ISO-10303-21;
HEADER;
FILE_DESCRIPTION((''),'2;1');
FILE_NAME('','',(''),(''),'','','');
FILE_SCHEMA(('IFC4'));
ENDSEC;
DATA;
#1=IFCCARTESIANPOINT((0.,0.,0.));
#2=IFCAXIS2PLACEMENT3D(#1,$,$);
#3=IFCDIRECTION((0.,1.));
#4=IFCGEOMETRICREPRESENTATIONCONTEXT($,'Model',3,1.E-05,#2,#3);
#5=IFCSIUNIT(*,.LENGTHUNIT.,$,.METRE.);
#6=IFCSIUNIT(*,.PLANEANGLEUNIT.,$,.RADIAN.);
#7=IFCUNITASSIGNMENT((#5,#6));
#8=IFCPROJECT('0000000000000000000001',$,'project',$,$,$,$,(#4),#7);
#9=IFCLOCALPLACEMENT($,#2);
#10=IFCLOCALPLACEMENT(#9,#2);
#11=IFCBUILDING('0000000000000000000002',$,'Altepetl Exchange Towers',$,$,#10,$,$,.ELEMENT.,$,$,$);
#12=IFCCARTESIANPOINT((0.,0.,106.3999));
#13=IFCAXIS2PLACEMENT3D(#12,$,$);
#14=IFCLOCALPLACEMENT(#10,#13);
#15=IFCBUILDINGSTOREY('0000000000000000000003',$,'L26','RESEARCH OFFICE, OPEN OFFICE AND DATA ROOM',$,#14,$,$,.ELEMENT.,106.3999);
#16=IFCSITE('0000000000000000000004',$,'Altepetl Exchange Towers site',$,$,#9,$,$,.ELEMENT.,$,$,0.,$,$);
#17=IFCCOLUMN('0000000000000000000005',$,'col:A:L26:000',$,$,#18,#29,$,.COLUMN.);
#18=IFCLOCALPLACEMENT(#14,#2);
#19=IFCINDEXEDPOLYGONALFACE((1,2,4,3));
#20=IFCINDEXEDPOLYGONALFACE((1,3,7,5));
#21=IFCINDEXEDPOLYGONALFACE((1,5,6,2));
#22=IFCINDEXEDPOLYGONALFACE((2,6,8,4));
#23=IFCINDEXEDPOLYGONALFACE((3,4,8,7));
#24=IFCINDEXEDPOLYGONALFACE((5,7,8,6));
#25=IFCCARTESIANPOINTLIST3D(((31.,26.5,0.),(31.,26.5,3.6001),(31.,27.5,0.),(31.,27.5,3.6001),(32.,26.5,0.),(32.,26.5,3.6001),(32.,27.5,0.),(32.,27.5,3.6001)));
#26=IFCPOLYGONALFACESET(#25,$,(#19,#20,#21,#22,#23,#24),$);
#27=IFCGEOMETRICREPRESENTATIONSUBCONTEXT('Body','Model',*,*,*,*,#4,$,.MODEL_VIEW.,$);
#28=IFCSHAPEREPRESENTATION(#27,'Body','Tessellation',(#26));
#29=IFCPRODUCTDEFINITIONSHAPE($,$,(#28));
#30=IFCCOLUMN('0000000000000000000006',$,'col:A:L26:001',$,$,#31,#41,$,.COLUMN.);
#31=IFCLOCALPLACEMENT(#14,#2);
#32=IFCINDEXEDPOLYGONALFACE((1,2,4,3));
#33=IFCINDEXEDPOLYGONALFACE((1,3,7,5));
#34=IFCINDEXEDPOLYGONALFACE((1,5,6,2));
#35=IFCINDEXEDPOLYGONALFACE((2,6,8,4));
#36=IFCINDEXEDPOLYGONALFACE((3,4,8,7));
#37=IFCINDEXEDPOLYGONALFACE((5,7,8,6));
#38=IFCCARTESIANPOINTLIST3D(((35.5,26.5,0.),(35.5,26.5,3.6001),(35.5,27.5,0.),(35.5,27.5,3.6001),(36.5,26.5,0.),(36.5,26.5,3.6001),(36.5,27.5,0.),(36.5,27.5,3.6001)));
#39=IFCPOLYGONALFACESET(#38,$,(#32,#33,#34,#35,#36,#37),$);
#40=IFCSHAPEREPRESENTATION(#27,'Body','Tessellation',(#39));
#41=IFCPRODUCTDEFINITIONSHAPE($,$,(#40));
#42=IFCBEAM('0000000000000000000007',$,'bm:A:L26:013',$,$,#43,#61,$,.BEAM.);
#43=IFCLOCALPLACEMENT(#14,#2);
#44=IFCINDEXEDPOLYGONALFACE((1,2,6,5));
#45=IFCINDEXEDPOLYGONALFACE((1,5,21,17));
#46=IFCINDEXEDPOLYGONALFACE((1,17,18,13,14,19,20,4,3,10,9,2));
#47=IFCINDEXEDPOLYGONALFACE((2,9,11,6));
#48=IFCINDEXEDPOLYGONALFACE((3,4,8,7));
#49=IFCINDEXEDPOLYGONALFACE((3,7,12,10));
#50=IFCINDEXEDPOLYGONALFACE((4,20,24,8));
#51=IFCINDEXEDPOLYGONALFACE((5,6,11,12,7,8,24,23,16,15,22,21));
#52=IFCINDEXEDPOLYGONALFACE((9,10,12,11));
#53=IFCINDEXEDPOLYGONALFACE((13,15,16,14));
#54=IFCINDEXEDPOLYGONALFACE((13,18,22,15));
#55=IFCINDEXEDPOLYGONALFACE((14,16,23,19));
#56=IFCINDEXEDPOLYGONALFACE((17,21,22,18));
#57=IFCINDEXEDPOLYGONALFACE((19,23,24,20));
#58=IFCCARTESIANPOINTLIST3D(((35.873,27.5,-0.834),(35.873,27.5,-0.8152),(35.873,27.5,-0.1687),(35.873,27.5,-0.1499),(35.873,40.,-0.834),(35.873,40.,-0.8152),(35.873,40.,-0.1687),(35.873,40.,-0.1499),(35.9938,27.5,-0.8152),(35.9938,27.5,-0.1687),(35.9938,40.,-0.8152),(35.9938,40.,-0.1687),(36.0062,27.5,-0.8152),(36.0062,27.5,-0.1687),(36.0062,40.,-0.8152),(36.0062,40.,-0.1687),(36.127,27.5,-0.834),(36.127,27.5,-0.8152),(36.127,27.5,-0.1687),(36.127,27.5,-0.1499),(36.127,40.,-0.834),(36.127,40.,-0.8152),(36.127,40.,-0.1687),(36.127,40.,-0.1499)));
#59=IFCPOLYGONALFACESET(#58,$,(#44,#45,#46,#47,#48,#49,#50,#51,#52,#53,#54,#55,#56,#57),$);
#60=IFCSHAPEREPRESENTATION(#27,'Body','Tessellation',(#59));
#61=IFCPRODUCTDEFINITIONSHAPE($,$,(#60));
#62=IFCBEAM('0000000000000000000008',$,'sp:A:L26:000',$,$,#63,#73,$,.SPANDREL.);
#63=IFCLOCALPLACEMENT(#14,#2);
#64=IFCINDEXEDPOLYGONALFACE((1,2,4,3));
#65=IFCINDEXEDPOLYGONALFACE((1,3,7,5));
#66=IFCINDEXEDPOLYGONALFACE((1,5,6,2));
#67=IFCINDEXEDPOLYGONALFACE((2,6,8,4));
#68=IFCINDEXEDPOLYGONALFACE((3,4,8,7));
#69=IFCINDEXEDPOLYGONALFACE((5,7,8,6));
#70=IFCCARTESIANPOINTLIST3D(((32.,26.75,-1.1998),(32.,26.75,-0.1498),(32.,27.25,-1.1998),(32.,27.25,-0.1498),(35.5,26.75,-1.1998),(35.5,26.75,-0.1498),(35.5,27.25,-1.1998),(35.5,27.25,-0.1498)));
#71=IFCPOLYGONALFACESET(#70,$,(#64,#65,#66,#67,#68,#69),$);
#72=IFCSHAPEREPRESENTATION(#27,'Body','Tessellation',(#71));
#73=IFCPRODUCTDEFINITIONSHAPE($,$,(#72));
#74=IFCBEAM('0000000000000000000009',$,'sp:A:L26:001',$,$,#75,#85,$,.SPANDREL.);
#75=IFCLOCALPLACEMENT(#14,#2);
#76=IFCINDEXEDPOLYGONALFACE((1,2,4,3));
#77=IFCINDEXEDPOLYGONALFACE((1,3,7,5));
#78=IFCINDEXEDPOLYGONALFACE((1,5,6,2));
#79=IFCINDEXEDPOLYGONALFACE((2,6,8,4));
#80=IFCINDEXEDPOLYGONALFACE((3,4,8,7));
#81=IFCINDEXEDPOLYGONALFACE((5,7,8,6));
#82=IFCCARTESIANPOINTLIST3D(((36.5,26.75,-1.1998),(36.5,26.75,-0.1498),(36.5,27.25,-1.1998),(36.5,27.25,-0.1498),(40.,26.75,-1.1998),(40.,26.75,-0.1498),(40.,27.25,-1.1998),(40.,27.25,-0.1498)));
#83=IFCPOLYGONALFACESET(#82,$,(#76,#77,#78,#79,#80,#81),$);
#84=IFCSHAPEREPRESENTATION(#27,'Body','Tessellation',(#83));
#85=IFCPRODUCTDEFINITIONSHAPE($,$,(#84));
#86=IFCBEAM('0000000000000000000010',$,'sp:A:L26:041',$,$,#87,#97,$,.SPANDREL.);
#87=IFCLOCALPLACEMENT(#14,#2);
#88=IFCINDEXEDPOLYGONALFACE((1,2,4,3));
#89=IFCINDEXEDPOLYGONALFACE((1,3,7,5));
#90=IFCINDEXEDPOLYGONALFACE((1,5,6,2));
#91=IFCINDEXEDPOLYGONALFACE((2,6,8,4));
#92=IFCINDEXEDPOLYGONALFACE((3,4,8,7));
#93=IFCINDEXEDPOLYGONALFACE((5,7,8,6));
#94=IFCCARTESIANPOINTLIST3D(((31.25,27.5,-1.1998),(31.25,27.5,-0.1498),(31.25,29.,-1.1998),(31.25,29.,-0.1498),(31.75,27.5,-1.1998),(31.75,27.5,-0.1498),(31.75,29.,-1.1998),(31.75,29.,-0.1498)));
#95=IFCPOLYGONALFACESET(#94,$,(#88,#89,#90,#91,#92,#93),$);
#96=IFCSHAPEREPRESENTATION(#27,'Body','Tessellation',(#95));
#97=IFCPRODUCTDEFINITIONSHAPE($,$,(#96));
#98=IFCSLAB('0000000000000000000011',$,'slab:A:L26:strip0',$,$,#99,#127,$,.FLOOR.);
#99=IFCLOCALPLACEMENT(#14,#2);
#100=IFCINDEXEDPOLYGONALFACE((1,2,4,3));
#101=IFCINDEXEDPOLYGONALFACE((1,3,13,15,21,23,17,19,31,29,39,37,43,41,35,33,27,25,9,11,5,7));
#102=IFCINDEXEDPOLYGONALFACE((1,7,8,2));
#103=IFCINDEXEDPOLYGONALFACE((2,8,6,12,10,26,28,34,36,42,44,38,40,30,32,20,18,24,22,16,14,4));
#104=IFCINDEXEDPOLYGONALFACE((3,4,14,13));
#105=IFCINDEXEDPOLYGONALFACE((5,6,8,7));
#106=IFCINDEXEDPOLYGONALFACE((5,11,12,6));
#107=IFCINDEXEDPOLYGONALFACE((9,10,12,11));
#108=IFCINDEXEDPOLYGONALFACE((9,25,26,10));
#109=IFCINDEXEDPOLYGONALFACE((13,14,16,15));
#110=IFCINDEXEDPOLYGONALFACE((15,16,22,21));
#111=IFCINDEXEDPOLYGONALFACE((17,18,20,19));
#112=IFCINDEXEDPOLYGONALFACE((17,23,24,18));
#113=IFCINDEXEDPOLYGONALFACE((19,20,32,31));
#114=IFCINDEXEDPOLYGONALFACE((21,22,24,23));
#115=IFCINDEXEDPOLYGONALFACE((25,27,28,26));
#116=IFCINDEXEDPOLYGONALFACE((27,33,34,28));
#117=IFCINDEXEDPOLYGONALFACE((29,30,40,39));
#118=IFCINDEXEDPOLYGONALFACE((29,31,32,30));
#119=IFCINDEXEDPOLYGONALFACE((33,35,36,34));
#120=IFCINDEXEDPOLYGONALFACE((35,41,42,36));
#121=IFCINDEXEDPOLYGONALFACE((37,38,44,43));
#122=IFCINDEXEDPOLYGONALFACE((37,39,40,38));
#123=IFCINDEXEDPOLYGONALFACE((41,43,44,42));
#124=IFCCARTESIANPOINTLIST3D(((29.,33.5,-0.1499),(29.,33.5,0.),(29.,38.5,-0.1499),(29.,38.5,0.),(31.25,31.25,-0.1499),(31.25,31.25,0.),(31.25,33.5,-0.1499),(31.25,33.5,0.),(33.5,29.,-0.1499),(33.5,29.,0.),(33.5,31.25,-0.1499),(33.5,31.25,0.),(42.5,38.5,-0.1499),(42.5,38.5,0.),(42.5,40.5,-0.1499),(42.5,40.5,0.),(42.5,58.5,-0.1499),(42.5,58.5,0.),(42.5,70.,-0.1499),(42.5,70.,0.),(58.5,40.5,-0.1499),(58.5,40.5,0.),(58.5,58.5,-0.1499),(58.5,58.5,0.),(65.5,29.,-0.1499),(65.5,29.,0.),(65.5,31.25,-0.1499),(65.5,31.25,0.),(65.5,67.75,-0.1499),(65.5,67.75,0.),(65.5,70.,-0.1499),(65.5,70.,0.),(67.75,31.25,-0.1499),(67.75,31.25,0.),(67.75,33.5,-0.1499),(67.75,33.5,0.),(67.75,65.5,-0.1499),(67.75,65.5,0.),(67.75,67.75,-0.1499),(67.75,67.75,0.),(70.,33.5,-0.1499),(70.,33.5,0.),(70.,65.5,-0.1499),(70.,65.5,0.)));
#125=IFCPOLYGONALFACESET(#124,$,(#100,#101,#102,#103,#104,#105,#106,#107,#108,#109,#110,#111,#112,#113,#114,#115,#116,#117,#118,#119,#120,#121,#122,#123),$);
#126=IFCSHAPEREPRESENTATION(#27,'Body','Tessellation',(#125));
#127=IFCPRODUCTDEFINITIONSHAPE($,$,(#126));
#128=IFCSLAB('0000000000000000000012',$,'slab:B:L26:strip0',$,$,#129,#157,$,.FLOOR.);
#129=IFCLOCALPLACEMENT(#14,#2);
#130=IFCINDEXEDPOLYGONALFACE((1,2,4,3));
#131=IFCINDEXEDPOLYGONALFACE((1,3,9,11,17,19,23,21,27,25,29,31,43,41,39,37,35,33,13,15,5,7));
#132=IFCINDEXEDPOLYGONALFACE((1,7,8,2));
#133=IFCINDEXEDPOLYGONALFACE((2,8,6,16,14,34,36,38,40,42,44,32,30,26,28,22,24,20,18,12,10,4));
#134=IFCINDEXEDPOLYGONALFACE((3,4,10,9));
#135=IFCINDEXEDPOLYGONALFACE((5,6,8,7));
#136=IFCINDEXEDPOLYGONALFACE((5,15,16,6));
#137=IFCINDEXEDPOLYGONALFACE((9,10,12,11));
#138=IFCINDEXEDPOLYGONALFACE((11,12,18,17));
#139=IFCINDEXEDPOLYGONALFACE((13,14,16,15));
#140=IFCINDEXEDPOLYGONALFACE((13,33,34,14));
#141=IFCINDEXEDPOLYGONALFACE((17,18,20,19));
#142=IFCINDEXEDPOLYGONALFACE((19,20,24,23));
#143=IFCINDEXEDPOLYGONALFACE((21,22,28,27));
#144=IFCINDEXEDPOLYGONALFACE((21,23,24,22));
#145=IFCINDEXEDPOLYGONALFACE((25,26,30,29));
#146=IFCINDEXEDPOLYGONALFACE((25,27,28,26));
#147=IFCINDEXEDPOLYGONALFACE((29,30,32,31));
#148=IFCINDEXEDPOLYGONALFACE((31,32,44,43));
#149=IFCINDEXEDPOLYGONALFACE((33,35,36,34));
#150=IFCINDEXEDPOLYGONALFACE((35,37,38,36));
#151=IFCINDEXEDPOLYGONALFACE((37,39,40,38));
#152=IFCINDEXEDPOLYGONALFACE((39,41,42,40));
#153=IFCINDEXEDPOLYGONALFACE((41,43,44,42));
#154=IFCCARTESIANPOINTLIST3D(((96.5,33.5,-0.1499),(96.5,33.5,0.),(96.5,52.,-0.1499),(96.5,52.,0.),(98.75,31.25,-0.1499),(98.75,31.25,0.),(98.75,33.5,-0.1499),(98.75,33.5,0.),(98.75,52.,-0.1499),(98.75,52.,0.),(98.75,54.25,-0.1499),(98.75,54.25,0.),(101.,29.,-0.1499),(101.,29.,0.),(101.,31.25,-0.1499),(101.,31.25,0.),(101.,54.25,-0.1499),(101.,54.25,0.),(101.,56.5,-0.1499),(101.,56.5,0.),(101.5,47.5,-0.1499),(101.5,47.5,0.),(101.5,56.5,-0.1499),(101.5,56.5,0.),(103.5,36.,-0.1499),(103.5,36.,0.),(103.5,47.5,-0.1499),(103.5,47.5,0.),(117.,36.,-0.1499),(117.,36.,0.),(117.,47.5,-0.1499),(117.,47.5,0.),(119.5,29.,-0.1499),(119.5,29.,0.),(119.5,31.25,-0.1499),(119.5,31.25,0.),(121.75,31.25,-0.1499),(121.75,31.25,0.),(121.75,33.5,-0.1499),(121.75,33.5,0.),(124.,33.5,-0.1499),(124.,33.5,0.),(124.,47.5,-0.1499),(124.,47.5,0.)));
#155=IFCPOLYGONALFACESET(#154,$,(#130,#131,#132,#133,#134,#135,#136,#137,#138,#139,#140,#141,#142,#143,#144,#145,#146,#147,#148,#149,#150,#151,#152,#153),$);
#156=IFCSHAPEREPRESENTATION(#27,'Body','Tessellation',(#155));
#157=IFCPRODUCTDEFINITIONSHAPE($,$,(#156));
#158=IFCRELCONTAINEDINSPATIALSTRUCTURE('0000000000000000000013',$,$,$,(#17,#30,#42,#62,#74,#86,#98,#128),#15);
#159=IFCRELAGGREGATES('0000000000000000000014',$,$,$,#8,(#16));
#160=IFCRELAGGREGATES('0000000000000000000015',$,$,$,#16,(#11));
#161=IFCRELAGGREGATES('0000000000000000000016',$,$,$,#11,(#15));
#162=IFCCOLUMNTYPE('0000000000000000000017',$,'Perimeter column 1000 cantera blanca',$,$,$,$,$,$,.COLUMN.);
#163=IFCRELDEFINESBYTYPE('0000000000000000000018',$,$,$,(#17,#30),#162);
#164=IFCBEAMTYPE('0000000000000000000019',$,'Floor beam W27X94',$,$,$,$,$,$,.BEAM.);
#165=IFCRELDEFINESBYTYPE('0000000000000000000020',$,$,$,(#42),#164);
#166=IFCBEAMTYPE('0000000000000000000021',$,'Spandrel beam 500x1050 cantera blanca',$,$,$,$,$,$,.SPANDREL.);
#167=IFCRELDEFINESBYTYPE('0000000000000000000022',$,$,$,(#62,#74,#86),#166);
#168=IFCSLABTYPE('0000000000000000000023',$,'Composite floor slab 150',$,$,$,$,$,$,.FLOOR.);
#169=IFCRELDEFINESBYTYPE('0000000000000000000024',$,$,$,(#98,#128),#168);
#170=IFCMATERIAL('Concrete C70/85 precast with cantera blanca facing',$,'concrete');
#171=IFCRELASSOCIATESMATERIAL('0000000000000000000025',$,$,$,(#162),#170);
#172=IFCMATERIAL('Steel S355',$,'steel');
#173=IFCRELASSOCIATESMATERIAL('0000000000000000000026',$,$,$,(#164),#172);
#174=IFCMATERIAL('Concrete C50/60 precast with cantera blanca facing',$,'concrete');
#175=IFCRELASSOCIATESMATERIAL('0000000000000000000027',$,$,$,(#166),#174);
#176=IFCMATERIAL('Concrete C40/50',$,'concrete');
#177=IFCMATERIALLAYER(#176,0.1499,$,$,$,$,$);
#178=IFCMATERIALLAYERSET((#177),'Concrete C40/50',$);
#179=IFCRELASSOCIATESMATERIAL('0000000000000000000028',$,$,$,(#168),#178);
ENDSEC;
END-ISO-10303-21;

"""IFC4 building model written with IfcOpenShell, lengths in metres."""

from ifc_helpers import new_model, si_unit, direction, frame, origin, origin_2d, place, context, subcontext, project, spatial, polyline, rectangle, i_section, outline, extrude, material, layer, layer_set, material_profile, profile_set, type_object, element, save


model = new_model("IFC4")

# Units and contexts
model_context = context("Model", 3, precision=1e-05, world=origin(), true_north=direction((0.0, 1.0)))
body_context = subcontext(model_context, "Body", "Model", "MODEL_VIEW")
ifc_project = project(units=[si_unit("LENGTHUNIT", "METRE"), si_unit("PLANEANGLEUNIT", "RADIAN")], contexts=[model_context])

# Site, building, storey
site_placement = place(None, origin())
site = spatial("IfcSite", under=ifc_project, at=site_placement, Name="Altepetl Exchange Towers site", CompositionType="ELEMENT", RefElevation=0.0)
building_placement = place(site_placement, origin())
building = spatial("IfcBuilding", under=site, at=building_placement, Name="Altepetl Exchange Towers", CompositionType="ELEMENT")
storey_placement = place(building_placement, frame((0.0, 0.0, 106.3999)))
storey = spatial("IfcBuildingStorey", under=building, at=storey_placement, Name="L26", Description="RESEARCH OFFICE, OPEN OFFICE AND DATA ROOM", CompositionType="ELEMENT", Elevation=106.3999)

# Columns
ifc_material_1 = material(Name="Concrete C70/85 precast with cantera blanca facing", Category="concrete")
ifc_material_profile_1 = material_profile(ifc_material_1, rectangle(XDim=1.0, YDim=1.0, at=origin_2d()), Name="1000 x 1000")
ifc_profile_set_1 = profile_set([ifc_material_profile_1], Name="Concrete C70/85 precast with cantera blanca facing")
column_type = type_object("IfcColumnType", Name="Perimeter column 1000 cantera blanca", PredefinedType="COLUMN", material=ifc_profile_set_1)
for number, where, name in (
    (1, (31.5, 27.0, 0.0), "col:A:L26:000"),
    (2, (36.0, 27.0, 0.0), "col:A:L26:001"),
):
    element("IfcColumn", number, at=place(storey_placement, frame(where)), inside=storey, type_object=column_type, Name=name, PredefinedType="COLUMN", context=body_context, shape_type="SweptSolid", body=[
        extrude(rectangle(XDim=1.0, YDim=1.0, at=origin_2d()), origin(), (0.0, 0.0, 1.0), 3.6001),
    ])

# Beams
ifc_material_2 = material(Name="Steel S355", Category="steel")
ifc_material_profile_2 = material_profile(ifc_material_2, i_section(OverallWidth=0.2539, OverallDepth=0.6841, WebThickness=0.0125, FlangeThickness=0.0188, at=origin_2d()), Name="W27X94")
ifc_profile_set_2 = profile_set([ifc_material_profile_2], Name="Steel S355")
beam_type_1 = type_object("IfcBeamType", Name="Floor beam W27X94", PredefinedType="BEAM", material=ifc_profile_set_2)
beam_1_placement = place(storey_placement, frame((36.0, 27.5, -0.4919), z_axis=(0.0, 1.0, 0.0), x_axis=(-1.0, 0.0, 0.0)))
element("IfcBeam", 3, at=beam_1_placement, inside=storey, type_object=beam_type_1, Name="bm:A:L26:013", PredefinedType="BEAM", context=body_context, shape_type="SweptSolid", body=[
    extrude(i_section(OverallWidth=0.2539, OverallDepth=0.6841, WebThickness=0.0125, FlangeThickness=0.0188, at=origin_2d()), origin(), (0.0, 0.0, 1.0), 12.5),
])
ifc_material_3 = material(Name="Concrete C50/60 precast with cantera blanca facing", Category="concrete")
ifc_material_profile_3 = material_profile(ifc_material_3, rectangle(XDim=0.5, YDim=1.05, at=origin_2d()), Name="500 x 1050")
ifc_profile_set_3 = profile_set([ifc_material_profile_3], Name="Concrete C50/60 precast with cantera blanca facing")
beam_type_2 = type_object("IfcBeamType", Name="Spandrel beam 500x1050 cantera blanca", PredefinedType="SPANDREL", material=ifc_profile_set_3)
for number, where, z_axis, x_axis, name in (
    (4, (32.0, 27.0, -0.6748), (1.0, 0.0, 0.0), (0.0, 1.0, 0.0), "sp:A:L26:000"),
    (5, (36.5, 27.0, -0.6748), (1.0, 0.0, 0.0), (0.0, 1.0, 0.0), "sp:A:L26:001"),
):
    element("IfcBeam", number, at=place(storey_placement, frame(where, z_axis=z_axis, x_axis=x_axis)), inside=storey, type_object=beam_type_2, Name=name, PredefinedType="SPANDREL", context=body_context, shape_type="SweptSolid", body=[
        extrude(rectangle(XDim=0.5, YDim=1.05, at=origin_2d()), origin(), (0.0, 0.0, 1.0), 3.5),
    ])
beam_2_placement = place(storey_placement, frame((31.5, 29.0, -0.6748), z_axis=(0.0, -1.0, 0.0), x_axis=(1.0, 0.0, 0.0)))
element("IfcBeam", 6, at=beam_2_placement, inside=storey, type_object=beam_type_2, Name="sp:A:L26:041", PredefinedType="SPANDREL", context=body_context, shape_type="SweptSolid", body=[
    extrude(rectangle(XDim=0.5, YDim=1.05, at=origin_2d()), origin(), (0.0, 0.0, 1.0), 1.5),
])

# Slabs
ifc_material_4 = material(Name="Concrete C40/50", Category="concrete")
ifc_layer_1 = layer(ifc_material_4, 0.1499)
ifc_layer_set_1 = layer_set([ifc_layer_1], Name="Concrete C40/50")
slab_type_1 = type_object("IfcSlabType", Name="Composite floor slab 150", PredefinedType="FLOOR", material=ifc_layer_set_1)
slab_1_placement = place(storey_placement, frame((0.0, 0.0, -0.1499)))
element("IfcSlab", 7, at=slab_1_placement, inside=storey, type_object=slab_type_1, Name="slab:A:L26:strip0", PredefinedType="FLOOR", context=body_context, shape_type="SweptSolid", body=[
    extrude(outline(polyline([(42.5, 70.0), (42.5, 58.5), (58.5, 58.5), (58.5, 40.5), (42.5, 40.5), (42.5, 38.5), (29.0, 38.5), (29.0, 33.5), (31.25, 33.5), (31.25, 31.25), (33.5, 31.25), (33.5, 29.0), (65.5, 29.0), (65.5, 31.25), (67.75, 31.25), (67.75, 33.5), (70.0, 33.5), (70.0, 65.5), (67.75, 65.5), (67.75, 67.75), (65.5, 67.75), (65.5, 70.0), (42.5, 70.0)])), origin(), (0.0, 0.0, 1.0), 0.1499),
])
slab_2_placement = place(storey_placement, frame((0.0, 0.0, -0.1499)))
element("IfcSlab", 8, at=slab_2_placement, inside=storey, type_object=slab_type_1, Name="slab:B:L26:strip0", PredefinedType="FLOOR", context=body_context, shape_type="SweptSolid", body=[
    extrude(outline(polyline([(98.75, 54.25), (98.75, 52.0), (96.5, 52.0), (96.5, 33.5), (98.75, 33.5), (98.75, 31.25), (101.0, 31.25), (101.0, 29.0), (119.5, 29.0), (119.5, 31.25), (121.75, 31.25), (121.75, 33.5), (124.0, 33.5), (124.0, 47.5), (117.0, 47.5), (117.0, 36.0), (103.5, 36.0), (103.5, 47.5), (101.5, 47.5), (101.5, 56.5), (101.0, 56.5), (101.0, 54.25), (98.75, 54.25)])), origin(), (0.0, 0.0, 1.0), 0.1499),
])

save(model, "model.ifc")
